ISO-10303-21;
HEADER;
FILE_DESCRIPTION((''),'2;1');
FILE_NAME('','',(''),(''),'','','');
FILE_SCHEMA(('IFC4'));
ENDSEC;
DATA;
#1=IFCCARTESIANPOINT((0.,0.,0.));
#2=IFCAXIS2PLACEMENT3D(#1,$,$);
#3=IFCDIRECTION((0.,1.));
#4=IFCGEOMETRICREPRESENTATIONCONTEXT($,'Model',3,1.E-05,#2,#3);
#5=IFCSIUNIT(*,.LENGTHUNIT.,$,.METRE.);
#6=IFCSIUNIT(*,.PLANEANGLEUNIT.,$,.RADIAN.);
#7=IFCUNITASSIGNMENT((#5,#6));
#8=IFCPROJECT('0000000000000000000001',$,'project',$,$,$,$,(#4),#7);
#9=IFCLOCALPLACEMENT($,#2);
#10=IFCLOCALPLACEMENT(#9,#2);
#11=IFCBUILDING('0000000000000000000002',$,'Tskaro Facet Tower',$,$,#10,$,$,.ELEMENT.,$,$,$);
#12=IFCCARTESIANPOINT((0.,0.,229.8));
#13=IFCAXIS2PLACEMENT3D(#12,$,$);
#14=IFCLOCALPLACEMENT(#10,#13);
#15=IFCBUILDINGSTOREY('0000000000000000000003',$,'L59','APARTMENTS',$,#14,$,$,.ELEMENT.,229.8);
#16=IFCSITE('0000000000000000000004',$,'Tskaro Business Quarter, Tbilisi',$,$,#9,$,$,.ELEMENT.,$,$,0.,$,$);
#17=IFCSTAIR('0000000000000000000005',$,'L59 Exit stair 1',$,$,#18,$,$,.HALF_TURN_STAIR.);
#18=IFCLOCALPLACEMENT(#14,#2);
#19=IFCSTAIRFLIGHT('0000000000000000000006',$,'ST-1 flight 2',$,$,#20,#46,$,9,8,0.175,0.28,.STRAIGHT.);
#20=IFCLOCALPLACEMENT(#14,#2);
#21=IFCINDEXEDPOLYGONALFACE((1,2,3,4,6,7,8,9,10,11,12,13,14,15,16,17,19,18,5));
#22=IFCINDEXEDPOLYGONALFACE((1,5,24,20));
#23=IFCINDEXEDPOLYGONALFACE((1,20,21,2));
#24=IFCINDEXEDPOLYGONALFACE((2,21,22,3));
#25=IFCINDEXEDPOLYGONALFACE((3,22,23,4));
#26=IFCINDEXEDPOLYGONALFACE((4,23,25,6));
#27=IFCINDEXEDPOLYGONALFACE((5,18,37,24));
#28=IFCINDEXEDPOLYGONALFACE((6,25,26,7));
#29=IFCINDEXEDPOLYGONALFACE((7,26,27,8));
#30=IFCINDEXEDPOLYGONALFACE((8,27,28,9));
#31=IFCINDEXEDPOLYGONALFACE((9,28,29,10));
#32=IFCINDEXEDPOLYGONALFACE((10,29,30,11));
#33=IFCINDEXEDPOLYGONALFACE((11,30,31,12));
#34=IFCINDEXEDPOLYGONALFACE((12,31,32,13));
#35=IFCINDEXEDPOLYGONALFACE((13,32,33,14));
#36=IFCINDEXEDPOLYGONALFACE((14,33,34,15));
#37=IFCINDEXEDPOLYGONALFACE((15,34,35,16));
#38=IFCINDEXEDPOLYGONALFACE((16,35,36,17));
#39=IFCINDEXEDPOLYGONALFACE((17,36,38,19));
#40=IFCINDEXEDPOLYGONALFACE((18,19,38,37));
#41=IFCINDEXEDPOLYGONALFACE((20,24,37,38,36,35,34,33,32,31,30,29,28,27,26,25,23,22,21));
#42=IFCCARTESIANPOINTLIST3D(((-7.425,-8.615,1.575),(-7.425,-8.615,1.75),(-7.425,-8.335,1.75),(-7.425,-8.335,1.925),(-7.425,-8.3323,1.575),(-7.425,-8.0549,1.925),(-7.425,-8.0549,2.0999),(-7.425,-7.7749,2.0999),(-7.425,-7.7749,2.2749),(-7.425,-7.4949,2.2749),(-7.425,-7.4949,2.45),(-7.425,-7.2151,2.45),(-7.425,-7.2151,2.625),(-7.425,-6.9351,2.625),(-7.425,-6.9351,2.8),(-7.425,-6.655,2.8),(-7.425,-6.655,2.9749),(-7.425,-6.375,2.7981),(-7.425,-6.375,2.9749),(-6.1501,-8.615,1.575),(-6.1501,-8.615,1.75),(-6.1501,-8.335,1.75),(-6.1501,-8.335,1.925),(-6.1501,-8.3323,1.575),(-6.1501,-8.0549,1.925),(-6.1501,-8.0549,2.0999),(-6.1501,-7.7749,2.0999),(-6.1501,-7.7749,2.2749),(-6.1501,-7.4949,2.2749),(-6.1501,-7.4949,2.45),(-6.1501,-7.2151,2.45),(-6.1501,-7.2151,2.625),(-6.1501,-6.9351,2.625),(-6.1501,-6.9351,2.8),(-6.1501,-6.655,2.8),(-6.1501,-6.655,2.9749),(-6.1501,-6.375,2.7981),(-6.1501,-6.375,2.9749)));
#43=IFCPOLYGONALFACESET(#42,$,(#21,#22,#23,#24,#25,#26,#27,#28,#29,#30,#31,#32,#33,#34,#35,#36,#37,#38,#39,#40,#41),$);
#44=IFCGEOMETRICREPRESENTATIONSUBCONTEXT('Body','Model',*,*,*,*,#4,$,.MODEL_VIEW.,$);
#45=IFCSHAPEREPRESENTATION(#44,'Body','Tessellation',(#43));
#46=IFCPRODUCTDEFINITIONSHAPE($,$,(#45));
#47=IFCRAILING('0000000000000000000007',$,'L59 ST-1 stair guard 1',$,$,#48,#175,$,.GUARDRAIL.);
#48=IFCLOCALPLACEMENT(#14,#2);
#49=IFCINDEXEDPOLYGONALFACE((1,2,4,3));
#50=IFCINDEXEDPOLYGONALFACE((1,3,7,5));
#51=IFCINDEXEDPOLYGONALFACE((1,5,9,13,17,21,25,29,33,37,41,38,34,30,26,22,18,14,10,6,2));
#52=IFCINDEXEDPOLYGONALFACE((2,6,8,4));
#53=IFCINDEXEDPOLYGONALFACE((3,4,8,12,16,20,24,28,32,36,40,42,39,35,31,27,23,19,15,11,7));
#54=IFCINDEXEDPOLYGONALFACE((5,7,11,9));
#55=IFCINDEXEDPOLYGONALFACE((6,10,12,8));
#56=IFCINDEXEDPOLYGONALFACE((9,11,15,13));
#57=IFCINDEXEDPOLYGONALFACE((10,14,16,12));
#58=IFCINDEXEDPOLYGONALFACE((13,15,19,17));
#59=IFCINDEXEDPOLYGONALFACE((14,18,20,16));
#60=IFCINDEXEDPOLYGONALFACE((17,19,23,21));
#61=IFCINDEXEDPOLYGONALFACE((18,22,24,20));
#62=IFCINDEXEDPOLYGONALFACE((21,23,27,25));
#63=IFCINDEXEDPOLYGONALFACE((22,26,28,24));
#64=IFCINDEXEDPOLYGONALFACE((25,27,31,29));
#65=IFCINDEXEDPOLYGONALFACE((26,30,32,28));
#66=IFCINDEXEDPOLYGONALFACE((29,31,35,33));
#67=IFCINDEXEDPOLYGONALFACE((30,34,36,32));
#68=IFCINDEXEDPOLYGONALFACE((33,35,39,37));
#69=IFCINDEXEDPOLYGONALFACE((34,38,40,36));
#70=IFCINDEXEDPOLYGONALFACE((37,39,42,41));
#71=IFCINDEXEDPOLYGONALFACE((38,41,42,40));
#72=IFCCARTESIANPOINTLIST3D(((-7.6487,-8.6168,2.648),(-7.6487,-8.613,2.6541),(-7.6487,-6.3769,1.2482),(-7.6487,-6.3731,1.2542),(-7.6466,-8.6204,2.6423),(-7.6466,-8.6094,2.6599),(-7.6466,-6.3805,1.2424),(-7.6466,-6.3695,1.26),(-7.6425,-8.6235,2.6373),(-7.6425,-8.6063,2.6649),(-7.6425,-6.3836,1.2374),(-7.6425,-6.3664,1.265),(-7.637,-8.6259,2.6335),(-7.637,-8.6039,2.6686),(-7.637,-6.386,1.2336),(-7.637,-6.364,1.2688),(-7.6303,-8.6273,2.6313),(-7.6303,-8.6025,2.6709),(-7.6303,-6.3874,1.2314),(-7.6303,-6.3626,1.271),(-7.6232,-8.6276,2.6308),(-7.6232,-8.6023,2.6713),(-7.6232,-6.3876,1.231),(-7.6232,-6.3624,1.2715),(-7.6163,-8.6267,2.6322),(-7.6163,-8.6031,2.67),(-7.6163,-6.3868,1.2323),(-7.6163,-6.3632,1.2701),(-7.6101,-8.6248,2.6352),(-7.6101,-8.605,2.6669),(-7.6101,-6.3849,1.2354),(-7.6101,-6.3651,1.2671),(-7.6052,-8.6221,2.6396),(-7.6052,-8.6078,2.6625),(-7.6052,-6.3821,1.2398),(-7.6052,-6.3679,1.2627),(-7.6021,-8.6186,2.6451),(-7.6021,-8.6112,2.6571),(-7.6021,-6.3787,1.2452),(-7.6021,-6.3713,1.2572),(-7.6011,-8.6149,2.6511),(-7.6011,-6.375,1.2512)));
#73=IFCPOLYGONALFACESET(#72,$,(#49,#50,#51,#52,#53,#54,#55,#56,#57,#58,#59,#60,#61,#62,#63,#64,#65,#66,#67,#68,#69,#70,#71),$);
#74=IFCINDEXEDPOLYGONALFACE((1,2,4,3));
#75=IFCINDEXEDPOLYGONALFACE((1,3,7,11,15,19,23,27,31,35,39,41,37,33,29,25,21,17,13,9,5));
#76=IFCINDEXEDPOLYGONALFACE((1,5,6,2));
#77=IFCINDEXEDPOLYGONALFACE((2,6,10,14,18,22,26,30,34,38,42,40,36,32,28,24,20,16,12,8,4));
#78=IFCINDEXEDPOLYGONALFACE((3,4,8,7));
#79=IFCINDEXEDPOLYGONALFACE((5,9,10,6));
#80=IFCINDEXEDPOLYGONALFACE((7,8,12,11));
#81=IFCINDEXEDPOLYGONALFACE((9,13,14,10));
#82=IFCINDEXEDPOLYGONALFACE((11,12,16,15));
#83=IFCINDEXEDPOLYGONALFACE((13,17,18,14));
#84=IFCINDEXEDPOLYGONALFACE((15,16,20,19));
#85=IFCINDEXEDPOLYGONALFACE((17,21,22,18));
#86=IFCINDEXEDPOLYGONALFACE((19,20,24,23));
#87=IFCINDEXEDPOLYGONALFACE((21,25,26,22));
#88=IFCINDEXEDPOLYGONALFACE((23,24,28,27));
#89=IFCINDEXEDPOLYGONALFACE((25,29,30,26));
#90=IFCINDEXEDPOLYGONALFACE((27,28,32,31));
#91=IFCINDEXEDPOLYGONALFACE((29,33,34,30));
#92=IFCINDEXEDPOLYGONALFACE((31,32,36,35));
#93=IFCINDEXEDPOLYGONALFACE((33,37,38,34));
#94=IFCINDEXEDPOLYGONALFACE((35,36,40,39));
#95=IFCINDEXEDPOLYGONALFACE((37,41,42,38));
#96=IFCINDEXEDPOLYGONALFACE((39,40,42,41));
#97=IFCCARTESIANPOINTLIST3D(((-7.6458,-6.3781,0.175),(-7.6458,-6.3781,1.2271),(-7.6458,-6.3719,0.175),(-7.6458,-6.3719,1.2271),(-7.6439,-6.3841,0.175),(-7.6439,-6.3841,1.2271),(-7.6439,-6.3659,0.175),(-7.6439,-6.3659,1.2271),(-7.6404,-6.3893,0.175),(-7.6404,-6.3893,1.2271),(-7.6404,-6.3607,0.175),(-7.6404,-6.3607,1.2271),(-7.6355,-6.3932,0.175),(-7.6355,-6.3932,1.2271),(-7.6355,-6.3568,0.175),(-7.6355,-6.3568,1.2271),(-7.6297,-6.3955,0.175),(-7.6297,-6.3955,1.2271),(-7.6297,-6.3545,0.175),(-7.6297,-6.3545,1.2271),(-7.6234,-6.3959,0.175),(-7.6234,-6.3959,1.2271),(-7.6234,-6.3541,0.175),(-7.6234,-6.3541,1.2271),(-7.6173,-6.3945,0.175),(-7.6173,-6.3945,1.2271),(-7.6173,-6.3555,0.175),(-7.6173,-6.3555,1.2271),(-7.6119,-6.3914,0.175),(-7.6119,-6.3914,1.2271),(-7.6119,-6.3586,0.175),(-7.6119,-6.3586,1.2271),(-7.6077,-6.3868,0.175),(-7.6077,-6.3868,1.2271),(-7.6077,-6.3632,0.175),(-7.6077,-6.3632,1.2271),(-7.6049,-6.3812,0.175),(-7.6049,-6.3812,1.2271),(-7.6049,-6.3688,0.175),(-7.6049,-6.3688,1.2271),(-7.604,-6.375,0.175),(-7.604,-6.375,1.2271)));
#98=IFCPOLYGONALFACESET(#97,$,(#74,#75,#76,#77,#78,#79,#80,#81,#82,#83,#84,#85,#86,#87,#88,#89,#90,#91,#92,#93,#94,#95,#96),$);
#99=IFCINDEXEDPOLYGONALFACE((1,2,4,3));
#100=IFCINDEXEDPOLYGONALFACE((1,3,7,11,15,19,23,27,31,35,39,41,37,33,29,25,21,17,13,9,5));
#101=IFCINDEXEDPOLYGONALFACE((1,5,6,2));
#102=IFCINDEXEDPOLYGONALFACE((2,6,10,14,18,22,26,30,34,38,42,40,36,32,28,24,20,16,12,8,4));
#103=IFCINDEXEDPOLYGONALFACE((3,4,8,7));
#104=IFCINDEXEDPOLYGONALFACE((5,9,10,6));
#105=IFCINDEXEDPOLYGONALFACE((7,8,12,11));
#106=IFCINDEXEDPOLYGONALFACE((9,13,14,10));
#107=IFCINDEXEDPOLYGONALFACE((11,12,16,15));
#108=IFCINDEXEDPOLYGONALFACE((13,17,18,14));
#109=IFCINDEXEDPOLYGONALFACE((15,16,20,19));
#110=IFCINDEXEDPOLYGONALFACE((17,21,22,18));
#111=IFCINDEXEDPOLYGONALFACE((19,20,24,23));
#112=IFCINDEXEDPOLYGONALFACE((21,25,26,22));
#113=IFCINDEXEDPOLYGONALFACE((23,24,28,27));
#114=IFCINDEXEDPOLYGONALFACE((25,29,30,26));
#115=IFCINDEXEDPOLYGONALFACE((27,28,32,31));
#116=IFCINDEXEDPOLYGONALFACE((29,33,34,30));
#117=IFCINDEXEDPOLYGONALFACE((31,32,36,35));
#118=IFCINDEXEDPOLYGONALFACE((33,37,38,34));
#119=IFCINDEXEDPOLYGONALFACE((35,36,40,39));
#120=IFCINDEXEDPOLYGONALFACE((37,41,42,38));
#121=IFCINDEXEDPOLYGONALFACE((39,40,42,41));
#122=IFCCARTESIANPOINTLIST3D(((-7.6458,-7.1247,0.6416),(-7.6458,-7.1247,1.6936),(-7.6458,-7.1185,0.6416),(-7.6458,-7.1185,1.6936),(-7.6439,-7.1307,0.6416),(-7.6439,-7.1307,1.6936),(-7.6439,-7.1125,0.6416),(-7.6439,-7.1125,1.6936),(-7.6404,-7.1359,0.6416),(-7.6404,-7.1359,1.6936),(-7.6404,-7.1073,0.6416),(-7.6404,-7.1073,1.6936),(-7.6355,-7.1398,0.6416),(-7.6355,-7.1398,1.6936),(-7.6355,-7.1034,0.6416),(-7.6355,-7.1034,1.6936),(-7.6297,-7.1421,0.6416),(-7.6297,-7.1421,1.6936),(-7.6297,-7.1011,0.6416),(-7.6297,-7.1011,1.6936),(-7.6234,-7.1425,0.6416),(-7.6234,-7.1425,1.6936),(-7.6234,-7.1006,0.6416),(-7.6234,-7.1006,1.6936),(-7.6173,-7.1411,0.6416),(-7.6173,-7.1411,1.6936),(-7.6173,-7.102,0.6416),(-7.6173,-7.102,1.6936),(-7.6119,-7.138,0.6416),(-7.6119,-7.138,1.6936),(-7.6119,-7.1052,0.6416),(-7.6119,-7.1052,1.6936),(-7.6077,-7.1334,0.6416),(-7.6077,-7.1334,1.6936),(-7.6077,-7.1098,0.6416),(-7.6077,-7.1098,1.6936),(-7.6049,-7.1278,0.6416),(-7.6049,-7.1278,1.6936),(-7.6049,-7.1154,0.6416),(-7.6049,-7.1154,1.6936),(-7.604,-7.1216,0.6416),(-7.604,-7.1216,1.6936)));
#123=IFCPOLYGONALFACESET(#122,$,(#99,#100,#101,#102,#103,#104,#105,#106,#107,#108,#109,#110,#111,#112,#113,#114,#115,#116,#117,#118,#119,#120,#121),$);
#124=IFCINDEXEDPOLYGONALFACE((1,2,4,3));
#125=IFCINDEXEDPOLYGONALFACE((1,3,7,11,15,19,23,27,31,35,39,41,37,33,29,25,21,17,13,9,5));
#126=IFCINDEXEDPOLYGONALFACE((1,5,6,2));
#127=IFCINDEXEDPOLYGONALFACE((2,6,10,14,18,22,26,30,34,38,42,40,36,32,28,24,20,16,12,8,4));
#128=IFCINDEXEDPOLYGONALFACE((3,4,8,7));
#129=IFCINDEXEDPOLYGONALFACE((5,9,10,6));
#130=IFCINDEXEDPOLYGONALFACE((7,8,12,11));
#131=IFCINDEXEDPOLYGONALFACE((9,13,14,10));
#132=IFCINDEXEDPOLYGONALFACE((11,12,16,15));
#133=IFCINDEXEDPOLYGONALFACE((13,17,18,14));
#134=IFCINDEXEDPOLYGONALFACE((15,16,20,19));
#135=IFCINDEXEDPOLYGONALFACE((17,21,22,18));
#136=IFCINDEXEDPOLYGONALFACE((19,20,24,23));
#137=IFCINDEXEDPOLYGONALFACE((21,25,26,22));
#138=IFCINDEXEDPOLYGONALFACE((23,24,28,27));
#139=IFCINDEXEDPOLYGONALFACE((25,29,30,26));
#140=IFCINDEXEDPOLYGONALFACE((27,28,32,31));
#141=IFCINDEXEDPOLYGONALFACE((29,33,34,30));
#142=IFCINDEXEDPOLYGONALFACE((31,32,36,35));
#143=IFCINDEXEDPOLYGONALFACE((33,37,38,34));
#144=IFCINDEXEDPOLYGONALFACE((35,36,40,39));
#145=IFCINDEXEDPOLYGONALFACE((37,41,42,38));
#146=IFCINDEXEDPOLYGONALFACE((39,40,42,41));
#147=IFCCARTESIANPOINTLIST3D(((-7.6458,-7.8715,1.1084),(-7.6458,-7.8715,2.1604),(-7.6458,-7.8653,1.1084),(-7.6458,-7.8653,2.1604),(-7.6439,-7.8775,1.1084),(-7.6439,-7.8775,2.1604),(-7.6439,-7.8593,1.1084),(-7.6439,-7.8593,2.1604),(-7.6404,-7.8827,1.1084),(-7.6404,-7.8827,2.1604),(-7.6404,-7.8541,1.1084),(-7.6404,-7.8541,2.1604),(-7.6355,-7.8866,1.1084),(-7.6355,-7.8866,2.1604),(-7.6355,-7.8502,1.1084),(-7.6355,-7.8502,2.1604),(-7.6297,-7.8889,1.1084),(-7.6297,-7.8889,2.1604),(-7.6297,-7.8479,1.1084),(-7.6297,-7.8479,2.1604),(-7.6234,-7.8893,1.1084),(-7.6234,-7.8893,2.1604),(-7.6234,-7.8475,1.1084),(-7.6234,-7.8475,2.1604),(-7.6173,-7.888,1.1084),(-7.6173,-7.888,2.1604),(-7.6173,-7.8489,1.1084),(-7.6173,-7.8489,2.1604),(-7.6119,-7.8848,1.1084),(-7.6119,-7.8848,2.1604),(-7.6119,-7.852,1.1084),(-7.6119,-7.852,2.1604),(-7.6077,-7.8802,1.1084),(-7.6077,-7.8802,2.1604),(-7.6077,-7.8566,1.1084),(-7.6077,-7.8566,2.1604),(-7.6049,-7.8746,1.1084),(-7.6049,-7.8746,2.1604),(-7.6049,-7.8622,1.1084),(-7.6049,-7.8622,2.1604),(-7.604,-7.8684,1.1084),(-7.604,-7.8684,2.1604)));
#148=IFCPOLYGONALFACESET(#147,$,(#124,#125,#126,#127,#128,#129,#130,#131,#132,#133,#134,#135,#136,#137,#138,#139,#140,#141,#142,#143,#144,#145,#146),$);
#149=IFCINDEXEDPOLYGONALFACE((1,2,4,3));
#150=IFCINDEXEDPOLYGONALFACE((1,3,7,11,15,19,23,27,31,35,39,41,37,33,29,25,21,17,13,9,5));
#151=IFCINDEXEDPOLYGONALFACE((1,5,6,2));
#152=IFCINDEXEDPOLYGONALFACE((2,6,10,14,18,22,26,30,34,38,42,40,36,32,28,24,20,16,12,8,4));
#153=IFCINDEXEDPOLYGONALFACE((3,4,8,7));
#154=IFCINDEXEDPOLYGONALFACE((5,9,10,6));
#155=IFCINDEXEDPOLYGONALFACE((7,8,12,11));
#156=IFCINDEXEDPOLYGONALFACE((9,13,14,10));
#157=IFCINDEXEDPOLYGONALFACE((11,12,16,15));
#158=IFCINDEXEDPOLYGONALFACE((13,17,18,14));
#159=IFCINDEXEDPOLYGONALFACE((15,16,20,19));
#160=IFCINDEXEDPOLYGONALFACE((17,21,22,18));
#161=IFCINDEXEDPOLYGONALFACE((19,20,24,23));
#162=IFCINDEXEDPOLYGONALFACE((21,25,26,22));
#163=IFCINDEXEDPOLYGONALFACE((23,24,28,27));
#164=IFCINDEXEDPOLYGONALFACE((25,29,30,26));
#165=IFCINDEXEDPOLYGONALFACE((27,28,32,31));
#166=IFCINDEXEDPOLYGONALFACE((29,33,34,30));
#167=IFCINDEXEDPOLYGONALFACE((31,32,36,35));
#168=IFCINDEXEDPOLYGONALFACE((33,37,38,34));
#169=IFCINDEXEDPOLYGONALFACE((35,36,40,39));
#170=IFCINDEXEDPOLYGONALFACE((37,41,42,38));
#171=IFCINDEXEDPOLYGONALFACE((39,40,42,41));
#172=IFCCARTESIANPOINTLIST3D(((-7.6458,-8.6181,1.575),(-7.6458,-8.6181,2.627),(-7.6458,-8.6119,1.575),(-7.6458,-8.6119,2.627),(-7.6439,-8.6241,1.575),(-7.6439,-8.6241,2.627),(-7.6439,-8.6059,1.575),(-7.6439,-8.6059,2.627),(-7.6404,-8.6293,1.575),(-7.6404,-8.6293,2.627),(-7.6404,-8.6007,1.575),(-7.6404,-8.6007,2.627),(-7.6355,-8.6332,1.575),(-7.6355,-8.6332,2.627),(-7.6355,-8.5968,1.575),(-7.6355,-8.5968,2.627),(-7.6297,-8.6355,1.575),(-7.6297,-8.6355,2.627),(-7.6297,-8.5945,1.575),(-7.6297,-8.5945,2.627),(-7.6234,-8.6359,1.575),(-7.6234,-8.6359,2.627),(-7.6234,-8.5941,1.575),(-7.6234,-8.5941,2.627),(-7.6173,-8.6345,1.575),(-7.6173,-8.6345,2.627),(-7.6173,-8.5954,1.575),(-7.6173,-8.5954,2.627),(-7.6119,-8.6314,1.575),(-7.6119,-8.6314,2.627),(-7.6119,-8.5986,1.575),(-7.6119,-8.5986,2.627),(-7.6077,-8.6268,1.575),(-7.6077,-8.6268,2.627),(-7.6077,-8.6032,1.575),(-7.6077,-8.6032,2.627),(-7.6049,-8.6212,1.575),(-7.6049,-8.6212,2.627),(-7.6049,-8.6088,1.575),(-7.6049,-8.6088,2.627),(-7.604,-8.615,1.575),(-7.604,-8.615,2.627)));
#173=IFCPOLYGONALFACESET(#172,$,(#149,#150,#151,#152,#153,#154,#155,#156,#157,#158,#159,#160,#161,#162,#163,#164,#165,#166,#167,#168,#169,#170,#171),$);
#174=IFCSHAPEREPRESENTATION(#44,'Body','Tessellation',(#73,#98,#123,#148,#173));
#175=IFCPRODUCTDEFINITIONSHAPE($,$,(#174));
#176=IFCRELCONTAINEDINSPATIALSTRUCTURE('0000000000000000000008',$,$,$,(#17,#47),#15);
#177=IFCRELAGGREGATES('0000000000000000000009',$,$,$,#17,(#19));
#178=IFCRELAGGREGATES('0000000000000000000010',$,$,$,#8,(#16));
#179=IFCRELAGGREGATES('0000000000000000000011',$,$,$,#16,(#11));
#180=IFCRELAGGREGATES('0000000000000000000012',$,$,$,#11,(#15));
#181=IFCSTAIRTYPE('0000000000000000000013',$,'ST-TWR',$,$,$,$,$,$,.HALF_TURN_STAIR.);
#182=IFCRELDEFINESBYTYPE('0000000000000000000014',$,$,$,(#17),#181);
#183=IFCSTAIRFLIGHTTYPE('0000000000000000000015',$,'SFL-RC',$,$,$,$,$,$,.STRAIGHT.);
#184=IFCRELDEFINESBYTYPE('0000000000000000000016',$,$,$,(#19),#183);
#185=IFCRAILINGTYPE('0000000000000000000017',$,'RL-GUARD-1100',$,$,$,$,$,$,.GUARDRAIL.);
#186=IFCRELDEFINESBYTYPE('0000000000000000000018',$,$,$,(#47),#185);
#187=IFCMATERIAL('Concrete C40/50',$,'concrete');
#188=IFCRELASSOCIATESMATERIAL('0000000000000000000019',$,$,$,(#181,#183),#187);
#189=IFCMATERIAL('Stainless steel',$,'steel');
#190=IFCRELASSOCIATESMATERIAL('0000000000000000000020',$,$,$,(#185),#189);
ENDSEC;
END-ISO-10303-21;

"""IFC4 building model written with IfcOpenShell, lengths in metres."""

from ifc_helpers import new_model, si_unit, direction, frame, origin, origin_2d, place, context, subcontext, project, spatial, polyline, circle, outline, extrude, material, type_object, element, aggregate, save


model = new_model("IFC4")

# Units and contexts
model_context = context("Model", 3, precision=1e-05, world=origin(), true_north=direction((0.0, 1.0)))
body_context = subcontext(model_context, "Body", "Model", "MODEL_VIEW")
ifc_project = project(units=[si_unit("LENGTHUNIT", "METRE"), si_unit("PLANEANGLEUNIT", "RADIAN")], contexts=[model_context])

# Site, building, storey
site_placement = place(None, origin())
site = spatial("IfcSite", under=ifc_project, at=site_placement, Name="Tskaro Business Quarter, Tbilisi", CompositionType="ELEMENT", RefElevation=0.0)
building_placement = place(site_placement, origin())
building = spatial("IfcBuilding", under=site, at=building_placement, Name="Tskaro Facet Tower", CompositionType="ELEMENT")
storey_placement = place(building_placement, frame((0.0, 0.0, 229.8)))
storey = spatial("IfcBuildingStorey", under=building, at=storey_placement, Name="L59", Description="APARTMENTS", CompositionType="ELEMENT", Elevation=229.8)

# Shared definitions
ifc_material_1 = material(Name="Stainless steel", Category="steel")

# Stair, stair flight
ifc_material_2 = material(Name="Concrete C40/50", Category="concrete")
stair_type = type_object("IfcStairType", Name="ST-TWR", PredefinedType="HALF_TURN_STAIR", material=ifc_material_2)
stair_placement = place(storey_placement, origin())
stair = element("IfcStair", 1, at=stair_placement, inside=storey, type_object=stair_type, Name="L59 Exit stair 1", PredefinedType="HALF_TURN_STAIR")
stair_flight_type = type_object("IfcStairFlightType", Name="SFL-RC", PredefinedType="STRAIGHT", material=ifc_material_2)
stair_flight_1_placement = place(storey_placement, frame((-6.7876, -8.615, 1.575), z_axis=(0.0, 0.0, 1.0), x_axis=(0.0, 1.0, 0.0)))
stair_flight_1 = element("IfcStairFlight", 2, at=stair_flight_1_placement, type_object=stair_flight_type, Name="ST-1 flight 2", NumberOfRisers=9, NumberOfTreads=8, PredefinedType="STRAIGHT", RiserHeight=0.175, TreadLength=0.28, context=body_context, shape_type="SweptSolid", body=[
    extrude(outline(polyline([(0.0, 0.0), (0.0, 0.175), (0.28, 0.175), (0.28, 0.3501), (0.5601, 0.3501), (0.5601, 0.5249), (0.8401, 0.5249), (0.8401, 0.7), (1.1201, 0.7), (1.1201, 0.875), (1.3999, 0.875), (1.3999, 1.05), (1.6799, 1.05), (1.6799, 1.2251), (1.96, 1.2251), (1.96, 1.3999), (2.24, 1.3999), (2.24, 1.575), (2.24, 1.2231), (0.2827, 0.0), (0.0, 0.0)])), frame((0.0, 0.6375, 0.0), z_axis=(0.0, -1.0, 0.0), x_axis=(1.0, 0.0, 0.0)), (0.0, 0.0, 1.0), 1.2749),
])
aggregate(stair, [stair_flight_1])

# Railing
railing_type_1 = type_object("IfcRailingType", Name="RL-GUARD-1100", PredefinedType="GUARDRAIL", material=ifc_material_1)
railing_1_placement = place(storey_placement, frame((-7.625, -6.375, 0.175)))
element("IfcRailing", 3, at=railing_1_placement, inside=storey, type_object=railing_type_1, Name="L59 ST-1 stair guard 1", PredefinedType="GUARDRAIL", context=body_context, shape_type="SweptSolid", body=[
    extrude(circle(Radius=0.0239, at=origin_2d()), frame((0.0, 0.0, 1.0762), z_axis=(0.0, -0.848014, 0.529974), x_axis=(1.0, 0.0, 0.0)), (0.0, 0.0, 1.0), 2.6414),
    extrude(circle(Radius=0.021, at=origin_2d()), origin(), (0.0, 0.0, 1.0), 1.052),
    extrude(circle(Radius=0.021, at=origin_2d()), frame((0.0, -0.7466, 0.4666)), (0.0, 0.0, 1.0), 1.052),
    extrude(circle(Radius=0.021, at=origin_2d()), frame((0.0, -1.4934, 0.9333)), (0.0, 0.0, 1.0), 1.052),
    extrude(circle(Radius=0.021, at=origin_2d()), frame((0.0, -2.24, 1.3999)), (0.0, 0.0, 1.0), 1.052),
])

save(model, "model.ifc")
